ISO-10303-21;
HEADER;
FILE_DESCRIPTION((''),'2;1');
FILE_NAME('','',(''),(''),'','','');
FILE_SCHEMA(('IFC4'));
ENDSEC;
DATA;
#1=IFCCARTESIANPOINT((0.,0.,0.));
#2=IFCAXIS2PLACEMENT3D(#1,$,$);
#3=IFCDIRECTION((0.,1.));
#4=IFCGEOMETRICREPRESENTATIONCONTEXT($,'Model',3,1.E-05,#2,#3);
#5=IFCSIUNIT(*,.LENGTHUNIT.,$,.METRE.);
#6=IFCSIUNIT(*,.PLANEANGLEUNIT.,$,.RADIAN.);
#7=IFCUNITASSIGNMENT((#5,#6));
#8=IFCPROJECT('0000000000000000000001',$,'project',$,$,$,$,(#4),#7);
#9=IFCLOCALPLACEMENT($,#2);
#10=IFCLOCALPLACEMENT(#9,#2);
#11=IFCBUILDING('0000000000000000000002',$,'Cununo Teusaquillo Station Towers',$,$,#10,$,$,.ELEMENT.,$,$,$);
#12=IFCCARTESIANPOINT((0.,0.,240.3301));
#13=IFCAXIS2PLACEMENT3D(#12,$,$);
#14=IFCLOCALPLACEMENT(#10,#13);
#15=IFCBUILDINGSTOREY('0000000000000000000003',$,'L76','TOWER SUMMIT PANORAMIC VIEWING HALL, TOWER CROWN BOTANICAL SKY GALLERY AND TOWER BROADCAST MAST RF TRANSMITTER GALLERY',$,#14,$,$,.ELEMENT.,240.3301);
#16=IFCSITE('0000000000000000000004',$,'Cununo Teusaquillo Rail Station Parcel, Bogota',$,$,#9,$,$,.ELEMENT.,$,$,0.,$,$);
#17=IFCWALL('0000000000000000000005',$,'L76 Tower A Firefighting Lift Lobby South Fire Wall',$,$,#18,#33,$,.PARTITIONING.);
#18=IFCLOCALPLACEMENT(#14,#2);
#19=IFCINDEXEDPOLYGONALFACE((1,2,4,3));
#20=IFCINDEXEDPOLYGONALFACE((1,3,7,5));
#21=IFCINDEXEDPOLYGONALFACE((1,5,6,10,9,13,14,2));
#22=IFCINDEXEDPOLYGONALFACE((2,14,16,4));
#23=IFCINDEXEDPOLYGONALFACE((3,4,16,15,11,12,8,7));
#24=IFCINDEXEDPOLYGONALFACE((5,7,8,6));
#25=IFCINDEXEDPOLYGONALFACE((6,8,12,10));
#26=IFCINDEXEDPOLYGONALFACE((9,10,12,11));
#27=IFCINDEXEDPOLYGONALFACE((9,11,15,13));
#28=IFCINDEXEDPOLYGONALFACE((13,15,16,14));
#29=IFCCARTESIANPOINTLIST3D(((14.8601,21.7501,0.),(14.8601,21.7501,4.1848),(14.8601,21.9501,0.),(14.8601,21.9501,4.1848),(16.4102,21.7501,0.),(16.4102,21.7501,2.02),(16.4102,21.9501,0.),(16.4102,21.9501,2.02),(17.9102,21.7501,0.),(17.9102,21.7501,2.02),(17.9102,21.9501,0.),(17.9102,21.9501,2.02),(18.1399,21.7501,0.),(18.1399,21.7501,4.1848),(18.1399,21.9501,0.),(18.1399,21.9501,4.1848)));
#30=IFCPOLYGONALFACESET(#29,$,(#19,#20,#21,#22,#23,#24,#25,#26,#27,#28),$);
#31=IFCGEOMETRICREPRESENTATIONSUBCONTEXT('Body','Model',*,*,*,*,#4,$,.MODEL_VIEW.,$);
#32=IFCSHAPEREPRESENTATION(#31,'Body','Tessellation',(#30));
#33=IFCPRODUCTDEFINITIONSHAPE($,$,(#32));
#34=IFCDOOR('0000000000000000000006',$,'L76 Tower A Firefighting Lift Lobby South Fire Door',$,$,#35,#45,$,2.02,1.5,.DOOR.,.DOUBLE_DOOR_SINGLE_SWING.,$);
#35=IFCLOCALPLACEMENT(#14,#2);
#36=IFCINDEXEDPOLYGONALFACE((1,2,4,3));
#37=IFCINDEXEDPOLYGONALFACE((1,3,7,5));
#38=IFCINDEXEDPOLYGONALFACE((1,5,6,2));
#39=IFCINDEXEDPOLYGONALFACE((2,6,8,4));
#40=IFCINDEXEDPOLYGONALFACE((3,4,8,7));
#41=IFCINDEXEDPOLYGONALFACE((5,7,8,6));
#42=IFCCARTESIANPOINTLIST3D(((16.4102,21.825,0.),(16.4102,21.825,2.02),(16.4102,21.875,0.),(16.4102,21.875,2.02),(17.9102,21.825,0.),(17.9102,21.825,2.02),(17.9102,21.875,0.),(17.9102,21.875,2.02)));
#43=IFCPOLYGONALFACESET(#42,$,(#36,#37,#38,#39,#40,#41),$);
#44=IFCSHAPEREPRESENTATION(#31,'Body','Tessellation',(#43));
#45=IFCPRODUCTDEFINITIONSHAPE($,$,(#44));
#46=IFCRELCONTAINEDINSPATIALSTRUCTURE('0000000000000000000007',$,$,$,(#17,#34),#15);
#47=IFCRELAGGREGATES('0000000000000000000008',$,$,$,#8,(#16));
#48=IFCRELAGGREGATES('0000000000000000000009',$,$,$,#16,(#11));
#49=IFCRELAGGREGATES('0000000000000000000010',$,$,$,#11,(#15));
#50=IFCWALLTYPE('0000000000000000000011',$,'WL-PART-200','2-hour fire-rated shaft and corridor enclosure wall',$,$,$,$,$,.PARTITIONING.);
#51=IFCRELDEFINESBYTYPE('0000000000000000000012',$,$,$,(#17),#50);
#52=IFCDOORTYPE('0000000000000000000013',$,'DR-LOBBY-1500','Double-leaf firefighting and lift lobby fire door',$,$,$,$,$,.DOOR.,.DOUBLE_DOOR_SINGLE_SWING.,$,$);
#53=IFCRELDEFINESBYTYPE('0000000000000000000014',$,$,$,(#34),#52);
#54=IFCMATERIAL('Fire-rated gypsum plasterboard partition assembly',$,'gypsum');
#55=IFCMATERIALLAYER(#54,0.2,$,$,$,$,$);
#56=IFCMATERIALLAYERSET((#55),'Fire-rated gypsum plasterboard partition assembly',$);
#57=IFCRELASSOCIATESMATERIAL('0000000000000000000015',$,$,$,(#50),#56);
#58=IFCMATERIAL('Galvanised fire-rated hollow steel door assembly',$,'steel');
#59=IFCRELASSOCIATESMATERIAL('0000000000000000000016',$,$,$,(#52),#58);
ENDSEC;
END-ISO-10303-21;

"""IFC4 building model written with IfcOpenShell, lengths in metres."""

from ifc_helpers import new_model, si_unit, direction, frame, frame_2d, origin, place, context, subcontext, project, spatial, rectangle, extrude, source, transform, mapped, material, layer, layer_set, type_object, element, fill, save


model = new_model("IFC4")

# Units and contexts
model_context = context("Model", 3, precision=1e-05, world=origin(), true_north=direction((0.0, 1.0)))
body_context = subcontext(model_context, "Body", "Model", "MODEL_VIEW")
ifc_project = project(units=[si_unit("LENGTHUNIT", "METRE"), si_unit("PLANEANGLEUNIT", "RADIAN")], contexts=[model_context])

# Site, building, storey
site_placement = place(None, origin())
site = spatial("IfcSite", under=ifc_project, at=site_placement, Name="Cununo Teusaquillo Rail Station Parcel, Bogota", CompositionType="ELEMENT", RefElevation=0.0)
building_placement = place(site_placement, origin())
building = spatial("IfcBuilding", under=site, at=building_placement, Name="Cununo Teusaquillo Station Towers", CompositionType="ELEMENT")
storey_placement = place(building_placement, frame((0.0, 0.0, 240.3301)))
storey = spatial("IfcBuildingStorey", under=building, at=storey_placement, Name="L76", Description="TOWER SUMMIT PANORAMIC VIEWING HALL, TOWER CROWN BOTANICAL SKY GALLERY AND TOWER BROADCAST MAST RF TRANSMITTER GALLERY", CompositionType="ELEMENT", Elevation=240.3301)

# Wall, opening, door
ifc_material_1 = material(Name="Fire-rated gypsum plasterboard partition assembly", Category="gypsum")
ifc_layer_1 = layer(ifc_material_1, 0.2)
ifc_layer_set_1 = layer_set([ifc_layer_1], Name="Fire-rated gypsum plasterboard partition assembly")
wall_type_1 = type_object("IfcWallType", Name="WL-PART-200", Description="2-hour fire-rated shaft and corridor enclosure wall", PredefinedType="PARTITIONING", material=ifc_layer_set_1)
wall_1_placement = place(storey_placement, frame((14.8601, 21.8501, 0.0), z_axis=(0.0, 0.0, 1.0), x_axis=(1.0, 0.0, 0.0)))
wall_1 = element("IfcWall", 1, at=wall_1_placement, inside=storey, type_object=wall_type_1, Name="L76 Tower A Firefighting Lift Lobby South Fire Wall", PredefinedType="PARTITIONING", context=body_context, shape_type="SweptSolid", body=[
    extrude(rectangle(XDim=3.2798, YDim=0.2, at=frame_2d((1.6399, 0.0))), origin(), (0.0, 0.0, 1.0), 4.1848),
])
shared_shape_1 = source(origin(), body_context, "Body", "SweptSolid", [
    extrude(rectangle(XDim=1.5, YDim=2.02, at=frame_2d((0.75, 1.01))), frame((0.0, 0.1099, 0.0), z_axis=(0.0, -1.0, 0.0), x_axis=(1.0, 0.0, 0.0)), (0.0, 0.0, 1.0), 0.22),
])
opening_1_placement = place(wall_1_placement, frame((1.55, 0.0, 0.0)))
opening_1 = element("IfcOpeningElement", 2, at=opening_1_placement, cuts=wall_1, PredefinedType="OPENING", context=body_context, shape_type="MappedRepresentation", body=[
    mapped(shared_shape_1, transform((0.0, 0.0, 0.0), x_axis=(1.0, 0.0, 0.0), y_axis=(0.0, 1.0, 0.0), z_axis=(0.0, 0.0, 1.0), scale=1.0)),
])
ifc_material_2 = material(Name="Galvanised fire-rated hollow steel door assembly", Category="steel")
door_type_1 = type_object("IfcDoorType", Name="DR-LOBBY-1500", Description="Double-leaf firefighting and lift lobby fire door", OperationType="DOUBLE_DOOR_SINGLE_SWING", PredefinedType="DOOR", material=ifc_material_2)
shared_shape_2 = source(origin(), body_context, "Body", "SweptSolid", [
    extrude(rectangle(XDim=1.5, YDim=2.02, at=frame_2d((0.75, 1.01))), frame((0.0, 0.0249, 0.0), z_axis=(0.0, -1.0, 0.0), x_axis=(1.0, 0.0, 0.0)), (0.0, 0.0, 1.0), 0.05),
])
door_1_placement = place(opening_1_placement, origin())
door_1 = element("IfcDoor", 3, at=door_1_placement, inside=storey, type_object=door_type_1, Name="L76 Tower A Firefighting Lift Lobby South Fire Door", OperationType="DOUBLE_DOOR_SINGLE_SWING", OverallHeight=2.02, OverallWidth=1.5, PredefinedType="DOOR", context=body_context, shape_type="MappedRepresentation", body=[
    mapped(shared_shape_2, transform((0.0, 0.0, 0.0), x_axis=(1.0, 0.0, 0.0), y_axis=(0.0, 1.0, 0.0), z_axis=(0.0, 0.0, 1.0), scale=1.0)),
])
fill(opening_1, door_1)

save(model, "model.ifc")
